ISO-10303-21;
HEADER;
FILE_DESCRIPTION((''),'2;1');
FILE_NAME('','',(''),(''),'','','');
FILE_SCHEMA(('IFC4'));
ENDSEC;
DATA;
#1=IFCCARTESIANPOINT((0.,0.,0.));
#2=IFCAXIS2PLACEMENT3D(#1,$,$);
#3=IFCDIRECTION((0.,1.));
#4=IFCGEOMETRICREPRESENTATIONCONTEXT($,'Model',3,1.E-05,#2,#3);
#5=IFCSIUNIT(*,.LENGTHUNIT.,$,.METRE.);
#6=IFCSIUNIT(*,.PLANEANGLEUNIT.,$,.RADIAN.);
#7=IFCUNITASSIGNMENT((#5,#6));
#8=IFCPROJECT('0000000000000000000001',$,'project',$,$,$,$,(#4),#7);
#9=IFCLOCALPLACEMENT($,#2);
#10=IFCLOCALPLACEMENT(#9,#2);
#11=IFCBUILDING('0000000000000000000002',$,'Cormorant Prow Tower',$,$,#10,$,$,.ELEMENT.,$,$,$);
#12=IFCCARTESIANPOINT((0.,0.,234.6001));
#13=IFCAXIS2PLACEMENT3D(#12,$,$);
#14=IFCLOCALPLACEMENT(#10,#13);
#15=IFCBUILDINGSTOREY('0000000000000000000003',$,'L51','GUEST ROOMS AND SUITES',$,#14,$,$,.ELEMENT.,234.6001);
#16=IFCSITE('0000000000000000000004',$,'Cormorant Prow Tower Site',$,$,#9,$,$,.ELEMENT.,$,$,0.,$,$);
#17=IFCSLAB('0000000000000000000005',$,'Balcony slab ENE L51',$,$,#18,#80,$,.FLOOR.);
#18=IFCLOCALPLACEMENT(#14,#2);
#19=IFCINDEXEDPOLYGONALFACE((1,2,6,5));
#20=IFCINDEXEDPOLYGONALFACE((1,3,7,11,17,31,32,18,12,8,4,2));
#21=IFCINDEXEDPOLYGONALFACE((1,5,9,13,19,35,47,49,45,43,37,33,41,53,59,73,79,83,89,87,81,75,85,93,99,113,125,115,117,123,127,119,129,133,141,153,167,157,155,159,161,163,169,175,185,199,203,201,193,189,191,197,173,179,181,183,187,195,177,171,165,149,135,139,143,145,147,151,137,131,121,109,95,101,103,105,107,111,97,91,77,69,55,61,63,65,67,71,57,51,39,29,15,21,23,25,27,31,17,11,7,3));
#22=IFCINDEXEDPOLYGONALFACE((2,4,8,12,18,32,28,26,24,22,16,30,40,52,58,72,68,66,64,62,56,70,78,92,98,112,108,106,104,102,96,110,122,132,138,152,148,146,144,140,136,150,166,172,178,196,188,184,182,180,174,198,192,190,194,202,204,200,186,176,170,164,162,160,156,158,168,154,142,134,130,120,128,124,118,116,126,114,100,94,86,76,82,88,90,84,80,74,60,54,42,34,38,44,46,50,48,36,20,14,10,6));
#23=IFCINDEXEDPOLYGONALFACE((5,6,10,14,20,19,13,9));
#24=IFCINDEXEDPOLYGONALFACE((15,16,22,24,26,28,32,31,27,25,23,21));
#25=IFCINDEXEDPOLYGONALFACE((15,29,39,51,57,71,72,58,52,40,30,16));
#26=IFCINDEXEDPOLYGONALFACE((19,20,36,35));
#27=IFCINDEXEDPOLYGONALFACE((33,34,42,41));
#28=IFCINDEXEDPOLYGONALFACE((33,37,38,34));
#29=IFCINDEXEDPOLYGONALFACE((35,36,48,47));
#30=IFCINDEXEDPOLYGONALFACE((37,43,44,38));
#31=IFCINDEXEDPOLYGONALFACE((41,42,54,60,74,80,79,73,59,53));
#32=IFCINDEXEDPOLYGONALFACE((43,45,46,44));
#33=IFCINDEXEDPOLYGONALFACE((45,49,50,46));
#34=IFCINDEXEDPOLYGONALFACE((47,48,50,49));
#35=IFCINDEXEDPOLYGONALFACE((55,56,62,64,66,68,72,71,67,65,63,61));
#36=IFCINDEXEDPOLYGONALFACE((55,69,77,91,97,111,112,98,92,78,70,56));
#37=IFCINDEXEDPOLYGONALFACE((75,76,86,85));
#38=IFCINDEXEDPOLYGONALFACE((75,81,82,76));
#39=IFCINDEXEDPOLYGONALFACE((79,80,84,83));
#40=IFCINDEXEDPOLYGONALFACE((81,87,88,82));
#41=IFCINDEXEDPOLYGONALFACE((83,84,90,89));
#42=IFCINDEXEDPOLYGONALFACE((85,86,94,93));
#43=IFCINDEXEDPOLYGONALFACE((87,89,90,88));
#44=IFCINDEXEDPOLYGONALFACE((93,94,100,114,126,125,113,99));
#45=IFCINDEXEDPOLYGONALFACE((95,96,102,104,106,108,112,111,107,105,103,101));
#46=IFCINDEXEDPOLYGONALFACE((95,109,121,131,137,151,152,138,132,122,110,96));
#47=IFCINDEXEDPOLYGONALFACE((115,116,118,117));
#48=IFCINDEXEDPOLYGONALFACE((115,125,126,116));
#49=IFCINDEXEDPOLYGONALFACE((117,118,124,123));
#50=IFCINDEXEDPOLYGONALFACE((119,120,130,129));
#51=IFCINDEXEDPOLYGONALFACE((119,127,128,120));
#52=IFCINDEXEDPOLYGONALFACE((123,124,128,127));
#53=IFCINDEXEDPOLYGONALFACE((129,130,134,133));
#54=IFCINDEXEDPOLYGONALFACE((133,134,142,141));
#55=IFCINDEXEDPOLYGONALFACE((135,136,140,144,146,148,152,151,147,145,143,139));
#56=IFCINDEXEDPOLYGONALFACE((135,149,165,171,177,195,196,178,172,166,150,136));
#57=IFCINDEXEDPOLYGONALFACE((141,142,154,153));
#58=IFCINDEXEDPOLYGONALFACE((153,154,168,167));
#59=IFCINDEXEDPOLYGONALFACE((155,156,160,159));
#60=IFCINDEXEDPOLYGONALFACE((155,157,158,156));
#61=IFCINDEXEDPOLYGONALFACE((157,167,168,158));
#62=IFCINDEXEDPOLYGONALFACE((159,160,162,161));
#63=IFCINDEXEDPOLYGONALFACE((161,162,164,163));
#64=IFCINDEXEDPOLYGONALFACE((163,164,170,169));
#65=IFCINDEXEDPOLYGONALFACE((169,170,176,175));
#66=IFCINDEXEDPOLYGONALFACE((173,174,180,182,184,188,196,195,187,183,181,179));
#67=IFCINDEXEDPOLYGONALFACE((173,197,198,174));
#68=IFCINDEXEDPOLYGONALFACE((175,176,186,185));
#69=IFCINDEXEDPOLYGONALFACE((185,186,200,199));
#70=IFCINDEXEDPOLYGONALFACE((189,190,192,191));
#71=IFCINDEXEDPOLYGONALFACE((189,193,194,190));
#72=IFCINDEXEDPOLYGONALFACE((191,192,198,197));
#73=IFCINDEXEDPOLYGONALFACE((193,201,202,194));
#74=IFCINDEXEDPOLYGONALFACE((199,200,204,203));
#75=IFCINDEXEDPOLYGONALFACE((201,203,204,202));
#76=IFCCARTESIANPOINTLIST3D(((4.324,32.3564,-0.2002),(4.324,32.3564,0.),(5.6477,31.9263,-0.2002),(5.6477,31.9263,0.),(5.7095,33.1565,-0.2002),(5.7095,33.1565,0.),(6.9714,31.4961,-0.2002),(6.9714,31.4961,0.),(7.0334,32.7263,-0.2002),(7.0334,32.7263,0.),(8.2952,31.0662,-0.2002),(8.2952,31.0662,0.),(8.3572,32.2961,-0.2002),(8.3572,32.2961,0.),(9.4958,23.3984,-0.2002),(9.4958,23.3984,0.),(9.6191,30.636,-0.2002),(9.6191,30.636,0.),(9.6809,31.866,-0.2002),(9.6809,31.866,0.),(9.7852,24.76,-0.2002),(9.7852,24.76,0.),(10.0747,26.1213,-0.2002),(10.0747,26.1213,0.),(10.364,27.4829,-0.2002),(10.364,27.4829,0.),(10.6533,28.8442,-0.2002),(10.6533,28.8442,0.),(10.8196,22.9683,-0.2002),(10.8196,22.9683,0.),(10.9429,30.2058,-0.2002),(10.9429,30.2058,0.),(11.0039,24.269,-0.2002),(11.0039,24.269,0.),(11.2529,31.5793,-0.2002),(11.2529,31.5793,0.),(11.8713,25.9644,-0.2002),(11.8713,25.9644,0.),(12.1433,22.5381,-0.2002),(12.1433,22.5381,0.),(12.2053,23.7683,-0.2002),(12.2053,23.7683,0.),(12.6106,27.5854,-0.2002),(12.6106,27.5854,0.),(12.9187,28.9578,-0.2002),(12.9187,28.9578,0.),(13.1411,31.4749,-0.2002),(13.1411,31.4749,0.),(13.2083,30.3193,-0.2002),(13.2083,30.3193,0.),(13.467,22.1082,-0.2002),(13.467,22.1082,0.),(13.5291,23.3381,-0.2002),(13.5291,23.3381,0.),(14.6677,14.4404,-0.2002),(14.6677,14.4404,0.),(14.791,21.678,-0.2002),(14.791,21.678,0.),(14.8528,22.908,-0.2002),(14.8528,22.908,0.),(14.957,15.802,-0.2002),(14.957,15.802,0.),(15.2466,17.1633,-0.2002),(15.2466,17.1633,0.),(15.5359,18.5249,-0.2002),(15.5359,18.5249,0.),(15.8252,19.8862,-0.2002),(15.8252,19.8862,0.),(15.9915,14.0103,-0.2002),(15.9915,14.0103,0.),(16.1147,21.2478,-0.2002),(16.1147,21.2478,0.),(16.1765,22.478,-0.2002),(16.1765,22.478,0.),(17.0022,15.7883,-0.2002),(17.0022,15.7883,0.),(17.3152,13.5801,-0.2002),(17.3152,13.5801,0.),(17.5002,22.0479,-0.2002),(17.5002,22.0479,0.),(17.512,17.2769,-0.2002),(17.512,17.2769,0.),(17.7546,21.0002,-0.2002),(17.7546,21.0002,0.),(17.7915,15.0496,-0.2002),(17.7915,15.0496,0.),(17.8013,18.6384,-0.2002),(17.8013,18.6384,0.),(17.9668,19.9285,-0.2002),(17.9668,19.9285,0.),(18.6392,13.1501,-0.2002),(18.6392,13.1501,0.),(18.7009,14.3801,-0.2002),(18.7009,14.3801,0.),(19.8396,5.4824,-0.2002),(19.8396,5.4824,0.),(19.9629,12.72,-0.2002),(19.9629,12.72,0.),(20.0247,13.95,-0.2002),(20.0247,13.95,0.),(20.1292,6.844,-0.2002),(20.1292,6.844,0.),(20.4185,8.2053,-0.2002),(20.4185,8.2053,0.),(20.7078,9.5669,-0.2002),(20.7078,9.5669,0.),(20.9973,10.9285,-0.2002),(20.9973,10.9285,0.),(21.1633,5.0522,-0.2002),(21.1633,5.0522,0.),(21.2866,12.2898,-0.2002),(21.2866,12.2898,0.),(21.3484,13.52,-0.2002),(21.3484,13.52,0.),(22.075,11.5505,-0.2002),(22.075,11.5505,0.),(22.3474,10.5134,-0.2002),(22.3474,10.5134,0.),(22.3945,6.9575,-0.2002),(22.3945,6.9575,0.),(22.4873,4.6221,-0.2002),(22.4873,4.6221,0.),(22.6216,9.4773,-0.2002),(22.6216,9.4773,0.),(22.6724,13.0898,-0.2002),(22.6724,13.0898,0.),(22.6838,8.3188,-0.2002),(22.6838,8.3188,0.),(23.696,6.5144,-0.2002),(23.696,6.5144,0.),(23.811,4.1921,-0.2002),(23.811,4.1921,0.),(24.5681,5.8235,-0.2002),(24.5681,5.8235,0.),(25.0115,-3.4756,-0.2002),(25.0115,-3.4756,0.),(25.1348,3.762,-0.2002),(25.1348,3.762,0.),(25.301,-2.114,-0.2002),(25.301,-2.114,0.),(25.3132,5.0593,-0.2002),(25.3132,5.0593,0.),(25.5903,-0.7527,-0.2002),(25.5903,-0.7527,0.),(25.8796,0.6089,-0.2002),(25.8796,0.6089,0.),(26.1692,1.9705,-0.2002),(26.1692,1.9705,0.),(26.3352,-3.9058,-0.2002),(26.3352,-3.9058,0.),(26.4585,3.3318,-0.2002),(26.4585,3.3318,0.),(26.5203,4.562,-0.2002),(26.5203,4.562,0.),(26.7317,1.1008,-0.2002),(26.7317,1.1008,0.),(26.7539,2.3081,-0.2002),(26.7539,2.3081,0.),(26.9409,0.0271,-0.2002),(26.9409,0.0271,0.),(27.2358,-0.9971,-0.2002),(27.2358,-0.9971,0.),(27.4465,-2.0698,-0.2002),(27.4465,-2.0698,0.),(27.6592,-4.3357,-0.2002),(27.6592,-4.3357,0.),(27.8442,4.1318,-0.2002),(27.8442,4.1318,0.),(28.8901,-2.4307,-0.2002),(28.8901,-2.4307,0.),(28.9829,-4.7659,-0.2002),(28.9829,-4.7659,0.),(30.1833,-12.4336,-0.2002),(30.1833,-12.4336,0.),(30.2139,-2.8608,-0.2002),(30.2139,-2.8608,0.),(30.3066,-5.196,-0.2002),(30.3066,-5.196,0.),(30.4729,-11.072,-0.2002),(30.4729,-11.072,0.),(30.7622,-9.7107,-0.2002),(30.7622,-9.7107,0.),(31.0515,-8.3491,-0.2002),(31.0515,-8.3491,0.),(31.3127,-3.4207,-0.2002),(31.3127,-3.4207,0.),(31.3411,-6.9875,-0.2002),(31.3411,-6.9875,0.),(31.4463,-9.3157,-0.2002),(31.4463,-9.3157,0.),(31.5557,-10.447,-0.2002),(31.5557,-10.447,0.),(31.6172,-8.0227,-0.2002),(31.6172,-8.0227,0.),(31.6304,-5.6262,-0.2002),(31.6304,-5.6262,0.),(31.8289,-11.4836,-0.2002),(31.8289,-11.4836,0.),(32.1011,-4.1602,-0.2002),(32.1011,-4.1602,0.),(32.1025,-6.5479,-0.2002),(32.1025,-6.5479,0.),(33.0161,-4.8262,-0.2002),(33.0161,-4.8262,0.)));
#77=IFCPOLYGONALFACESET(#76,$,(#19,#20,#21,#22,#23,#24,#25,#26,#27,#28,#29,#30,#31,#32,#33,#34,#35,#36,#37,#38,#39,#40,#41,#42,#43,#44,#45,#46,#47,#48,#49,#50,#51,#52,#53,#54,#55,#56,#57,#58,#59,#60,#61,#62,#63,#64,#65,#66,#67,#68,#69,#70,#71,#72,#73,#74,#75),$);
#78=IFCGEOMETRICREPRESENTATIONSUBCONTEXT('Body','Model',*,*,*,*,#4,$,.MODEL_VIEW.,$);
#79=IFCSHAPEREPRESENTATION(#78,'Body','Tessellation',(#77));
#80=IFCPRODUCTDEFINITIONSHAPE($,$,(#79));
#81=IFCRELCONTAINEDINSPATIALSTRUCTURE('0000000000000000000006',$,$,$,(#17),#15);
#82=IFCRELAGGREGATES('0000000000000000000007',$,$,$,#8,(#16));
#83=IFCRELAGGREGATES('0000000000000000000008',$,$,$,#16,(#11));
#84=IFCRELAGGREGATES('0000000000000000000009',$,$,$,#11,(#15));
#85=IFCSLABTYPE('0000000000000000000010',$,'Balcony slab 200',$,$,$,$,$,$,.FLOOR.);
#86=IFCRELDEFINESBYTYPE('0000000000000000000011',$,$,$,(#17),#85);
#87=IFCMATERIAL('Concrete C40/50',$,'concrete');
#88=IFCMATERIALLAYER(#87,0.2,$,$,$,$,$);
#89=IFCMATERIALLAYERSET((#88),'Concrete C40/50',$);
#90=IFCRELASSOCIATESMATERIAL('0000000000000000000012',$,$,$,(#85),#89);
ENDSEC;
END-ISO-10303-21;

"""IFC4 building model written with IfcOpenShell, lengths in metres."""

from ifc_helpers import new_model, si_unit, direction, frame, origin, place, context, subcontext, project, spatial, polyline, outline, extrude, material, layer, layer_set, type_object, element, save


model = new_model("IFC4")

# Units and contexts
model_context = context("Model", 3, precision=1e-05, world=origin(), true_north=direction((0.0, 1.0)))
body_context = subcontext(model_context, "Body", "Model", "MODEL_VIEW")
ifc_project = project(units=[si_unit("LENGTHUNIT", "METRE"), si_unit("PLANEANGLEUNIT", "RADIAN")], contexts=[model_context])

# Site, building, storey
site_placement = place(None, origin())
site = spatial("IfcSite", under=ifc_project, at=site_placement, Name="Cormorant Prow Tower Site", CompositionType="ELEMENT", RefElevation=0.0)
building_placement = place(site_placement, origin())
building = spatial("IfcBuilding", under=site, at=building_placement, Name="Cormorant Prow Tower", CompositionType="ELEMENT")
storey_placement = place(building_placement, frame((0.0, 0.0, 234.6001)))
storey = spatial("IfcBuildingStorey", under=building, at=storey_placement, Name="L51", Description="GUEST ROOMS AND SUITES", CompositionType="ELEMENT", Elevation=234.6001)

# Slab
ifc_material_1 = material(Name="Concrete C40/50", Category="concrete")
ifc_layer_1 = layer(ifc_material_1, 0.2)
ifc_layer_set_1 = layer_set([ifc_layer_1], Name="Concrete C40/50")
slab_type_1 = type_object("IfcSlabType", Name="Balcony slab 200", PredefinedType="FLOOR", material=ifc_layer_set_1)
slab_1_placement = place(storey_placement, frame((0.0, 0.0, -0.2002)))
element("IfcSlab", 1, at=slab_1_placement, inside=storey, type_object=slab_type_1, Name="Balcony slab ENE L51", PredefinedType="FLOOR", context=body_context, shape_type="SweptSolid", body=[
    extrude(outline(polyline([(30.1833, -12.4336), (31.8289, -11.4836), (31.5557, -10.447), (31.4463, -9.3157), (31.6172, -8.0227), (32.1025, -6.5479), (33.0161, -4.8262), (32.1011, -4.1602), (31.3127, -3.4207), (30.2139, -2.8608), (28.8901, -2.4307), (27.4465, -2.0698), (27.2358, -0.9971), (26.9409, 0.0271), (26.7317, 1.1008), (26.7539, 2.3081), (27.8442, 4.1318), (26.5203, 4.562), (25.3132, 5.0593), (24.5681, 5.8235), (23.696, 6.5144), (22.3945, 6.9575), (22.6838, 8.3188), (22.6216, 9.4773), (22.3474, 10.5134), (22.075, 11.5505), (22.6724, 13.0898), (21.3484, 13.52), (20.0247, 13.95), (18.7009, 14.3801), (17.7915, 15.0496), (17.0022, 15.7883), (17.512, 17.2769), (17.8013, 18.6384), (17.9668, 19.9285), (17.7546, 21.0002), (17.5002, 22.0479), (16.1765, 22.478), (14.8528, 22.908), (13.5291, 23.3381), (12.2053, 23.7683), (11.0039, 24.269), (11.8713, 25.9644), (12.6106, 27.5854), (12.9187, 28.9578), (13.2083, 30.3193), (13.1411, 31.4749), (11.2529, 31.5793), (9.6809, 31.866), (8.3572, 32.2961), (7.0334, 32.7263), (5.7095, 33.1565), (4.324, 32.3564), (5.6477, 31.9263), (6.9714, 31.4961), (8.2952, 31.0662), (9.6191, 30.636), (10.9429, 30.2058), (10.6533, 28.8442), (10.364, 27.4829), (10.0747, 26.1213), (9.7852, 24.76), (9.4958, 23.3984), (10.8196, 22.9683), (12.1433, 22.5381), (13.467, 22.1082), (14.791, 21.678), (16.1147, 21.2478), (15.8252, 19.8862), (15.5359, 18.5249), (15.2466, 17.1633), (14.957, 15.802), (14.6677, 14.4404), (15.9915, 14.0103), (17.3152, 13.5801), (18.6392, 13.1501), (19.9629, 12.72), (21.2866, 12.2898), (20.9973, 10.9285), (20.7078, 9.5669), (20.4185, 8.2053), (20.1292, 6.844), (19.8396, 5.4824), (21.1633, 5.0522), (22.4873, 4.6221), (23.811, 4.1921), (25.1348, 3.762), (26.4585, 3.3318), (26.1692, 1.9705), (25.8796, 0.6089), (25.5903, -0.7527), (25.301, -2.114), (25.0115, -3.4756), (26.3352, -3.9058), (27.6592, -4.3357), (28.9829, -4.7659), (30.3066, -5.196), (31.6304, -5.6262), (31.3411, -6.9875), (31.0515, -8.3491), (30.7622, -9.7107), (30.4729, -11.072), (30.1833, -12.4336)])), origin(), (0.0, 0.0, 1.0), 0.2002),
])

save(model, "model.ifc")
